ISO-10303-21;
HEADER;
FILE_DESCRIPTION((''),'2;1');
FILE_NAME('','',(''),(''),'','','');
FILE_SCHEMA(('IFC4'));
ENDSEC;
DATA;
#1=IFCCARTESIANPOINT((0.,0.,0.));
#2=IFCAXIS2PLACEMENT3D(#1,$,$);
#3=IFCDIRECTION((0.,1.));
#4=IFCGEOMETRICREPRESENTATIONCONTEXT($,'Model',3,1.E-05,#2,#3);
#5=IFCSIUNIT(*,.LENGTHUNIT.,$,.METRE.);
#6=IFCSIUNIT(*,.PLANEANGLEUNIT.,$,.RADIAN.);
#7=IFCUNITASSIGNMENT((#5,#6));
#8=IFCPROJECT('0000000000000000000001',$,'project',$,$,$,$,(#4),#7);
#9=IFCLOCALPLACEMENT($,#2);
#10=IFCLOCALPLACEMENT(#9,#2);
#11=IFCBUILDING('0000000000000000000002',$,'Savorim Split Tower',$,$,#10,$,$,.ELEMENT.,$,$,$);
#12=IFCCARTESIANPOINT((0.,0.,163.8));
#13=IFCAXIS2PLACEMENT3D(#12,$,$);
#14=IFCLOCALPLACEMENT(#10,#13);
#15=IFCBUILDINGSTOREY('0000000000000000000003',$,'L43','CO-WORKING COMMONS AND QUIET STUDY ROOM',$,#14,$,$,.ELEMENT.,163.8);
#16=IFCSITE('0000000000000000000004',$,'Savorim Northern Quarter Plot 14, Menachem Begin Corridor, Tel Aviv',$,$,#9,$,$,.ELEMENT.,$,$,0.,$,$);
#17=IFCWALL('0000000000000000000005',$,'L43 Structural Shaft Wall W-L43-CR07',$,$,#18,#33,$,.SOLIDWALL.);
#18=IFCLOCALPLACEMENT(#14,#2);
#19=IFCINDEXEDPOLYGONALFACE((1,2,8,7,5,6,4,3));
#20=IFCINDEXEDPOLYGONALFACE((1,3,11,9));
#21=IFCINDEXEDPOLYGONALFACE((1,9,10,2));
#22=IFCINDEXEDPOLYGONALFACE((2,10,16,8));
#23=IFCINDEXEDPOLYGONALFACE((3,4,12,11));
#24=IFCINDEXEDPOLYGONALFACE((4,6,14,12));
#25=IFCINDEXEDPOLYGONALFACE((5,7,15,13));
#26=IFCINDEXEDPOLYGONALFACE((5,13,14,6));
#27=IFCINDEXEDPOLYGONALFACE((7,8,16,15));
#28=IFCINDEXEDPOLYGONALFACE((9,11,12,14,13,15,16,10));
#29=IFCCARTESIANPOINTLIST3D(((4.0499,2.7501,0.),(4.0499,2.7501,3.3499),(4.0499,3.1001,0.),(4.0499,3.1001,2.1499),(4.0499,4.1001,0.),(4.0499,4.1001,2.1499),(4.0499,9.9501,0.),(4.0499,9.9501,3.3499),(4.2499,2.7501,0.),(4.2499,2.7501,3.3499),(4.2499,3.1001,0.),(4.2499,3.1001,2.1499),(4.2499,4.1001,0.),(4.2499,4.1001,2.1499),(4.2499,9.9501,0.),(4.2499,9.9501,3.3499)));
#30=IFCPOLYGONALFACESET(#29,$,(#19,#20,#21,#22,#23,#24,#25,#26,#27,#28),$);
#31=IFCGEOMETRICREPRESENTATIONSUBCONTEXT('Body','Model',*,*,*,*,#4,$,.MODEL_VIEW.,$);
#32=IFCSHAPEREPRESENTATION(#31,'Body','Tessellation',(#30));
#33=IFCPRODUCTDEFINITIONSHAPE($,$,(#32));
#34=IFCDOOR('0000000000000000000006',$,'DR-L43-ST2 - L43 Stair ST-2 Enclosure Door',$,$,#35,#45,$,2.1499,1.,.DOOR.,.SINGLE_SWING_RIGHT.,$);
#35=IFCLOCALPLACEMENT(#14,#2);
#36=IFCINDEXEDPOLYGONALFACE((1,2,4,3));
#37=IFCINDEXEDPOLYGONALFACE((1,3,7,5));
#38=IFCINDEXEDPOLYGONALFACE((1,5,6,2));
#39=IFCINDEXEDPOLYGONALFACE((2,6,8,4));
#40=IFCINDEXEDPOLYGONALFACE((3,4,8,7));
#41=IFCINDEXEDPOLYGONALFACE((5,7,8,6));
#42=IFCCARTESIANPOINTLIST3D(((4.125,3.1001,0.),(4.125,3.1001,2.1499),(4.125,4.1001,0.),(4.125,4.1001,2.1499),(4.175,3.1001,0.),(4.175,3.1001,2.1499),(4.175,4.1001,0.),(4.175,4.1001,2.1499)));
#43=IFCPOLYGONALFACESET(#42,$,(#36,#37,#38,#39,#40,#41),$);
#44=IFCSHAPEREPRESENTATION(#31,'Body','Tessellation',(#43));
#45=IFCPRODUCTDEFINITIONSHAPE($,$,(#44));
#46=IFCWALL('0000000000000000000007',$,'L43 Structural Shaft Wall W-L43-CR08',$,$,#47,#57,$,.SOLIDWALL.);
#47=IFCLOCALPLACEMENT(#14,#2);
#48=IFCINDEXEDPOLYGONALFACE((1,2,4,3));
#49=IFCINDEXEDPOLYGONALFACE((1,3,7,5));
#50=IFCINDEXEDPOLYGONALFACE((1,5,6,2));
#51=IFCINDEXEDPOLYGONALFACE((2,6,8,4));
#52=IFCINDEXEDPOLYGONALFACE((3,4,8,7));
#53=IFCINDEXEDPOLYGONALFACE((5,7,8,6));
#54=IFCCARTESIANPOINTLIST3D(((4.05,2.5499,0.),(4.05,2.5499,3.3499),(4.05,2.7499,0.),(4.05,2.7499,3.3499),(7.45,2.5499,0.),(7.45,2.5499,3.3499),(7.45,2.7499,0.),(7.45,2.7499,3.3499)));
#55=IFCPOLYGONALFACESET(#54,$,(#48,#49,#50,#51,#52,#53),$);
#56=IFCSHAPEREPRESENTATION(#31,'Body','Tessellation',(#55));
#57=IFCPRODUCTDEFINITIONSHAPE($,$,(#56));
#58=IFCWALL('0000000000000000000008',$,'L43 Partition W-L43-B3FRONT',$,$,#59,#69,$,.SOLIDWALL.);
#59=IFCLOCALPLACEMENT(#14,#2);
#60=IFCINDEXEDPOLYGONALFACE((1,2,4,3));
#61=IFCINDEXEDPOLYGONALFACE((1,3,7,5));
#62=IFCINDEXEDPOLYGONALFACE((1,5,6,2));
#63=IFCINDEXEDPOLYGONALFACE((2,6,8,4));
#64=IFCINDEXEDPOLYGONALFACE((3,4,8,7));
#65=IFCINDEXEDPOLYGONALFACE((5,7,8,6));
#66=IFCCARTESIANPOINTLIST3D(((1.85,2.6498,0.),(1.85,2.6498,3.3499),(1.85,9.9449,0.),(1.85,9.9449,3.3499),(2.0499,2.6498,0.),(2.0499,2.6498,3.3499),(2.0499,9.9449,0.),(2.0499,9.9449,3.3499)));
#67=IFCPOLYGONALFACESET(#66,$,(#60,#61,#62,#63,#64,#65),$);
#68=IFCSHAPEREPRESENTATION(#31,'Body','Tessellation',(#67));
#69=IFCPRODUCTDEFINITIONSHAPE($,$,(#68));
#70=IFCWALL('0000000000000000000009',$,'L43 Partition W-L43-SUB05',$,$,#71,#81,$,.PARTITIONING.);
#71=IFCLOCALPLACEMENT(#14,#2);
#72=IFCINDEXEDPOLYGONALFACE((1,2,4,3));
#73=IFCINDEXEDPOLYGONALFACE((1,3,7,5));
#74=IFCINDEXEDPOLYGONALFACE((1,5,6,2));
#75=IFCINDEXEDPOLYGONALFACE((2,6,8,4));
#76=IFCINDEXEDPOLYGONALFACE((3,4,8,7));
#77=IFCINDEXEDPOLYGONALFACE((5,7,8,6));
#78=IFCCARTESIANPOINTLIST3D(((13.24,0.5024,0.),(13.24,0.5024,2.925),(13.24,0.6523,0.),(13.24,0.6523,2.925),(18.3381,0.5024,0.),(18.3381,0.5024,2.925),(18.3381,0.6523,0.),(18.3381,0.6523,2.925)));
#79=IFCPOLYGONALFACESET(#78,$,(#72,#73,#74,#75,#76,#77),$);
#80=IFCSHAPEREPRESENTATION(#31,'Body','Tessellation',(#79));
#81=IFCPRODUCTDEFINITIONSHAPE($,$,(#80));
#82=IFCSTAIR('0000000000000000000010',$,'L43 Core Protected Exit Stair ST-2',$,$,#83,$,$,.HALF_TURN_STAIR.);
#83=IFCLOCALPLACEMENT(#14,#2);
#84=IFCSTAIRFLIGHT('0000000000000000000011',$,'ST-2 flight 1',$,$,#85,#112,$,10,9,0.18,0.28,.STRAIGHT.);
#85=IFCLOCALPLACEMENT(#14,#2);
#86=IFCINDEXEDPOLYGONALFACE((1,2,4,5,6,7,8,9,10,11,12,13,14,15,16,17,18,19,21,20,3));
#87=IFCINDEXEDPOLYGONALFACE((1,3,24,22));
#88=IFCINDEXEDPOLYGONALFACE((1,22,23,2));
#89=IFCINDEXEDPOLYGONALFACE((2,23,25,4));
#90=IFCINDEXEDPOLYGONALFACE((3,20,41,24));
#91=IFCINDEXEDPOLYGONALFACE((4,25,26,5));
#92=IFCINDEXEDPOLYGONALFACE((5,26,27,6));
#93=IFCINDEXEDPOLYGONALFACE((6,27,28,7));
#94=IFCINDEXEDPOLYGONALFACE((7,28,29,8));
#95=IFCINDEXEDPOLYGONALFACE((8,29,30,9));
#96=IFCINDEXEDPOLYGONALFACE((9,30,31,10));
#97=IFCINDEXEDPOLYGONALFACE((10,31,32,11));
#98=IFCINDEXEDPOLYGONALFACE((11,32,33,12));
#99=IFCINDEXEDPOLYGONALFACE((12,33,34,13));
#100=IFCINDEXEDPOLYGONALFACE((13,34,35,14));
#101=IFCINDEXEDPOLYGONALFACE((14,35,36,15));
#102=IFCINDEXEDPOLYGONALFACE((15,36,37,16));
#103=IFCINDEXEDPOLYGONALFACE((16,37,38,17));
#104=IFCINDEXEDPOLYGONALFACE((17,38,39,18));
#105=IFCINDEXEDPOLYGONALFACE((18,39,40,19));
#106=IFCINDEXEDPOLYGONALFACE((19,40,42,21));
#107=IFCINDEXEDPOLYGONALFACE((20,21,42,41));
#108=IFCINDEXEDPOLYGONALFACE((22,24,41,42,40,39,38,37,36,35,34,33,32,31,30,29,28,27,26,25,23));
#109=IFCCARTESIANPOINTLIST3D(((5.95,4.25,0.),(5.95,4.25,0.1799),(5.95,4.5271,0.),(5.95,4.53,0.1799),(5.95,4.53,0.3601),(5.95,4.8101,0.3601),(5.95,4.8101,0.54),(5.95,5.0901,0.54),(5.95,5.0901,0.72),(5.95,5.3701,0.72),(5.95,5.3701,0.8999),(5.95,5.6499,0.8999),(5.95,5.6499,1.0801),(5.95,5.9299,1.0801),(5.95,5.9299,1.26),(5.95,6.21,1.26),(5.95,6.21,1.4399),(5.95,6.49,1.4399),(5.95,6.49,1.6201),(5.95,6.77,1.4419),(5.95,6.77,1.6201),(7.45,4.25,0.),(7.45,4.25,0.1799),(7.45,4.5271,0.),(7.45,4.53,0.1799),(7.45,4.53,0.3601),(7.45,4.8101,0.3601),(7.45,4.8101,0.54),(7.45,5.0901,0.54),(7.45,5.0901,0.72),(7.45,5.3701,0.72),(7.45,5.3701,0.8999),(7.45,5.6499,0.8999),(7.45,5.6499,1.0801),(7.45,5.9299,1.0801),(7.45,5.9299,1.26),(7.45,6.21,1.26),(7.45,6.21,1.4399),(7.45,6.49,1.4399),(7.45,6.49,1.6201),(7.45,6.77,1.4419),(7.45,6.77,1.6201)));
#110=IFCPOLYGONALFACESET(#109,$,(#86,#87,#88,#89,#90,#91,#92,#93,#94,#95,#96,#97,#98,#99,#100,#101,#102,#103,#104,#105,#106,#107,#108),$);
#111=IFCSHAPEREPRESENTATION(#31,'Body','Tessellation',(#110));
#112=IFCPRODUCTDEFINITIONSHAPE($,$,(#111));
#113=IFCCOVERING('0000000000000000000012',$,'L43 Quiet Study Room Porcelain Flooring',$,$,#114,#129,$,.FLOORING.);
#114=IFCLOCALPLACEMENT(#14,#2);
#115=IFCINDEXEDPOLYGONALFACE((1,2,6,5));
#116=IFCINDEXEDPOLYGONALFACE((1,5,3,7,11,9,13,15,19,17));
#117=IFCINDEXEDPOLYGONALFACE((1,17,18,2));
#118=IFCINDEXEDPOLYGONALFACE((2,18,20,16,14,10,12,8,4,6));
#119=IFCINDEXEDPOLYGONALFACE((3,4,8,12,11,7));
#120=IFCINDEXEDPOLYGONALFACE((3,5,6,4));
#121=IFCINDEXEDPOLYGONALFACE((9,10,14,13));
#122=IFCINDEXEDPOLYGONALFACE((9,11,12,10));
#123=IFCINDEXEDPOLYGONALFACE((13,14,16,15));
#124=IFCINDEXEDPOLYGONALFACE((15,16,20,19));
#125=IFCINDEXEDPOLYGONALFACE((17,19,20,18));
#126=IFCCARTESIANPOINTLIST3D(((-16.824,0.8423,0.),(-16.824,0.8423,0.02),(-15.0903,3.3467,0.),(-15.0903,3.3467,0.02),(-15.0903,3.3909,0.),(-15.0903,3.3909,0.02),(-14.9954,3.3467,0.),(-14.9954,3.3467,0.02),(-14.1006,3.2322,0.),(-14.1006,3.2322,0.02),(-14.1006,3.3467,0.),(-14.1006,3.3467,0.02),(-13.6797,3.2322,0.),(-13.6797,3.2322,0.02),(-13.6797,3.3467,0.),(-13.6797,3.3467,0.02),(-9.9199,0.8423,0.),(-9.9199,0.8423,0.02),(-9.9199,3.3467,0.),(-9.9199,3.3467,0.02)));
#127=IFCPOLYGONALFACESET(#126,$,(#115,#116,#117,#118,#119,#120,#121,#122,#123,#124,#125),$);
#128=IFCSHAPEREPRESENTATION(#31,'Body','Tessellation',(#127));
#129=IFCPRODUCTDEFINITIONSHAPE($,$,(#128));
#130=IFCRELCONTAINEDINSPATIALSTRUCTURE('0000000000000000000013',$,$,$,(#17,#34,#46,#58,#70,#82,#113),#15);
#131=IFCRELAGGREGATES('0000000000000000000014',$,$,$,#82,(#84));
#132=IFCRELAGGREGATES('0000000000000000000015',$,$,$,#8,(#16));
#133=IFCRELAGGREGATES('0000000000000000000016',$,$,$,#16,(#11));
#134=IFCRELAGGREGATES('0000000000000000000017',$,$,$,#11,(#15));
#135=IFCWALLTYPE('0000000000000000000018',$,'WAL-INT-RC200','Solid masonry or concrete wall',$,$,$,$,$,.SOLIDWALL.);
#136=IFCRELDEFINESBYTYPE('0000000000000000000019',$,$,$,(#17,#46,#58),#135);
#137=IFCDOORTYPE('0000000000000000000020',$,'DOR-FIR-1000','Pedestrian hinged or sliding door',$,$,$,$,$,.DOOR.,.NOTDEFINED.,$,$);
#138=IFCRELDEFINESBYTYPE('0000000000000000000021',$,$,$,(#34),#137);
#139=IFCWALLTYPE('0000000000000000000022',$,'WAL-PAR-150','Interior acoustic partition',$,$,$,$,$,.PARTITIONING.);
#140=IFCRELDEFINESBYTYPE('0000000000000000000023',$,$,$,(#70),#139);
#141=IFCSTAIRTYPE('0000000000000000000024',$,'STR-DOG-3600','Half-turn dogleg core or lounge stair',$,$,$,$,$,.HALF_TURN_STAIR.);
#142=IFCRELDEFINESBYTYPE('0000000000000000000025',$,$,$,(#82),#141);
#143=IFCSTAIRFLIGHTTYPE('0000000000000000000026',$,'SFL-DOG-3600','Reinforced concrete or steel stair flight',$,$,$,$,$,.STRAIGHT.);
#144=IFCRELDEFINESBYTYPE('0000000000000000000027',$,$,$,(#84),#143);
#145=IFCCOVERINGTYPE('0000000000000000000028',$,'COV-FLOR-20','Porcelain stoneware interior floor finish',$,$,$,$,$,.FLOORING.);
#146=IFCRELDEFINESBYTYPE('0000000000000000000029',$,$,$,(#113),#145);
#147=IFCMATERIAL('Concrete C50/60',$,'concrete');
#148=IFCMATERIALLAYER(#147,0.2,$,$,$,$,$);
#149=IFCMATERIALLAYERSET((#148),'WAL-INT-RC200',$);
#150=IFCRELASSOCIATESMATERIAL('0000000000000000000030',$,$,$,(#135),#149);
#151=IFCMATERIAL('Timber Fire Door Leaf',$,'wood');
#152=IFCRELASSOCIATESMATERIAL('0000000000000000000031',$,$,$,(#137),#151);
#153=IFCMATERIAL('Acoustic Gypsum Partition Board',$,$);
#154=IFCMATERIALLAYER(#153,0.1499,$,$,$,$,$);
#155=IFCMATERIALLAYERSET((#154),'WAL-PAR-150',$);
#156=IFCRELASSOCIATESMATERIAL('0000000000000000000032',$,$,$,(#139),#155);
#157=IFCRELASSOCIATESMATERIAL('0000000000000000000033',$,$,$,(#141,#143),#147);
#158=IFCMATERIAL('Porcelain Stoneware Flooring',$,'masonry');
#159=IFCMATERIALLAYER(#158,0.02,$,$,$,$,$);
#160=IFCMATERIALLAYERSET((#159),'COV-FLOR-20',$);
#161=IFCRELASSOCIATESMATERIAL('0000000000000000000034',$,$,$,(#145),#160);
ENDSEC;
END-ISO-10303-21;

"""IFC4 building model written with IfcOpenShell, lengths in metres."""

from ifc_helpers import new_model, si_unit, direction, frame, frame_2d, origin, place, context, subcontext, project, spatial, polyline, rectangle, outline, extrude, material, layer, layer_set, type_object, element, fill, aggregate, save


model = new_model("IFC4")

# Units and contexts
model_context = context("Model", 3, precision=1e-05, world=origin(), true_north=direction((0.0, 1.0)))
body_context = subcontext(model_context, "Body", "Model", "MODEL_VIEW")
ifc_project = project(units=[si_unit("LENGTHUNIT", "METRE"), si_unit("PLANEANGLEUNIT", "RADIAN")], contexts=[model_context])

# Site, building, storey
site_placement = place(None, origin())
site = spatial("IfcSite", under=ifc_project, at=site_placement, Name="Savorim Northern Quarter Plot 14, Menachem Begin Corridor, Tel Aviv", CompositionType="ELEMENT", RefElevation=0.0)
building_placement = place(site_placement, origin())
building = spatial("IfcBuilding", under=site, at=building_placement, Name="Savorim Split Tower", CompositionType="ELEMENT")
storey_placement = place(building_placement, frame((0.0, 0.0, 163.8)))
storey = spatial("IfcBuildingStorey", under=building, at=storey_placement, Name="L43", Description="CO-WORKING COMMONS AND QUIET STUDY ROOM", CompositionType="ELEMENT", Elevation=163.8)

# Wall, opening, door
ifc_material_1 = material(Name="Concrete C50/60", Category="concrete")
ifc_layer_1 = layer(ifc_material_1, 0.2)
ifc_layer_set_1 = layer_set([ifc_layer_1], Name="WAL-INT-RC200")
wall_type_1 = type_object("IfcWallType", Name="WAL-INT-RC200", Description="Solid masonry or concrete wall", PredefinedType="SOLIDWALL", material=ifc_layer_set_1)
wall_1_placement = place(storey_placement, frame((4.1499, 2.75, 0.0), z_axis=(0.0, 0.0, 1.0), x_axis=(0.0, 1.0, 0.0)))
wall_1 = element("IfcWall", 1, at=wall_1_placement, inside=storey, type_object=wall_type_1, Name="L43 Structural Shaft Wall W-L43-CR07", PredefinedType="SOLIDWALL", context=body_context, shape_type="SweptSolid", body=[
    extrude(rectangle(XDim=7.2, YDim=0.2, at=frame_2d((3.6001, 0.0))), origin(), (0.0, 0.0, 1.0), 3.3499),
])
opening_placement = place(wall_1_placement, frame((0.3501, 0.0, 0.0)))
opening = element("IfcOpeningElement", 2, at=opening_placement, cuts=wall_1, PredefinedType="OPENING", context=body_context, shape_type="SweptSolid", body=[
    extrude(rectangle(XDim=1.0, YDim=2.1499, at=frame_2d((0.5, 1.075))), frame((0.0, 0.1099, 0.0), z_axis=(0.0, -1.0, 0.0), x_axis=(1.0, 0.0, 0.0)), (0.0, 0.0, 1.0), 0.22),
])
ifc_material_2 = material(Name="Timber Fire Door Leaf", Category="wood")
door_type = type_object("IfcDoorType", Name="DOR-FIR-1000", Description="Pedestrian hinged or sliding door", OperationType="NOTDEFINED", PredefinedType="DOOR", material=ifc_material_2)
door_placement = place(opening_placement, origin())
door = element("IfcDoor", 3, at=door_placement, inside=storey, type_object=door_type, Name="DR-L43-ST2 - L43 Stair ST-2 Enclosure Door", OperationType="SINGLE_SWING_RIGHT", OverallHeight=2.1499, OverallWidth=1.0, PredefinedType="DOOR", context=body_context, shape_type="SweptSolid", body=[
    extrude(rectangle(XDim=1.0, YDim=2.1499, at=frame_2d((0.5, 1.075))), frame((0.0, 0.0249, 0.0), z_axis=(0.0, -1.0, 0.0), x_axis=(1.0, 0.0, 0.0)), (0.0, 0.0, 1.0), 0.05),
])
fill(opening, door)

# Walls
wall_2_placement = place(storey_placement, frame((4.05, 2.6499, 0.0), z_axis=(0.0, 0.0, 1.0), x_axis=(1.0, 0.0, 0.0)))
element("IfcWall", 4, at=wall_2_placement, inside=storey, type_object=wall_type_1, Name="L43 Structural Shaft Wall W-L43-CR08", PredefinedType="SOLIDWALL", context=body_context, shape_type="SweptSolid", body=[
    extrude(rectangle(XDim=3.3999, YDim=0.2, at=frame_2d((1.7, 0.0))), origin(), (0.0, 0.0, 1.0), 3.3499),
])
wall_3_placement = place(storey_placement, frame((1.95, 2.6499, 0.0), z_axis=(0.0, 0.0, 1.0), x_axis=(0.0, 1.0, 0.0)))
element("IfcWall", 5, at=wall_3_placement, inside=storey, type_object=wall_type_1, Name="L43 Partition W-L43-B3FRONT", PredefinedType="SOLIDWALL", context=body_context, shape_type="SweptSolid", body=[
    extrude(rectangle(XDim=7.2952, YDim=0.2, at=frame_2d((3.6475, 0.0))), origin(), (0.0, 0.0, 1.0), 3.3499),
])
ifc_material_3 = material(Name="Acoustic Gypsum Partition Board")
ifc_layer_2 = layer(ifc_material_3, 0.1499)
ifc_layer_set_2 = layer_set([ifc_layer_2], Name="WAL-PAR-150")
wall_type_2 = type_object("IfcWallType", Name="WAL-PAR-150", Description="Interior acoustic partition", PredefinedType="PARTITIONING", material=ifc_layer_set_2)
wall_4_placement = place(storey_placement, frame((13.24, 0.5774, 0.0), z_axis=(0.0, 0.0, 1.0), x_axis=(1.0, 0.0, 0.0)))
element("IfcWall", 6, at=wall_4_placement, inside=storey, type_object=wall_type_2, Name="L43 Partition W-L43-SUB05", PredefinedType="PARTITIONING", context=body_context, shape_type="SweptSolid", body=[
    extrude(rectangle(XDim=5.0981, YDim=0.1499, at=frame_2d((2.5491, 0.0))), origin(), (0.0, 0.0, 1.0), 2.925),
])

# Stair, stair flight
stair_type = type_object("IfcStairType", Name="STR-DOG-3600", Description="Half-turn dogleg core or lounge stair", PredefinedType="HALF_TURN_STAIR", material=ifc_material_1)
stair_placement = place(storey_placement, origin())
stair = element("IfcStair", 7, at=stair_placement, inside=storey, type_object=stair_type, Name="L43 Core Protected Exit Stair ST-2", PredefinedType="HALF_TURN_STAIR")
stair_flight_type = type_object("IfcStairFlightType", Name="SFL-DOG-3600", Description="Reinforced concrete or steel stair flight", PredefinedType="STRAIGHT", material=ifc_material_1)
stair_flight_placement = place(storey_placement, frame((6.7, 4.25, 0.0), z_axis=(0.0, 0.0, 1.0), x_axis=(0.0, 1.0, 0.0)))
stair_flight = element("IfcStairFlight", 8, at=stair_flight_placement, type_object=stair_flight_type, Name="ST-2 flight 1", NumberOfRisers=10, NumberOfTreads=9, PredefinedType="STRAIGHT", RiserHeight=0.18, TreadLength=0.28, context=body_context, shape_type="SweptSolid", body=[
    extrude(outline(polyline([(0.0, 0.0), (0.0, 0.1799), (0.28, 0.1799), (0.28, 0.3601), (0.5601, 0.3601), (0.5601, 0.54), (0.8401, 0.54), (0.8401, 0.72), (1.1201, 0.72), (1.1201, 0.8999), (1.3999, 0.8999), (1.3999, 1.0801), (1.6799, 1.0801), (1.6799, 1.26), (1.96, 1.26), (1.96, 1.4399), (2.24, 1.4399), (2.24, 1.6201), (2.52, 1.6201), (2.52, 1.8), (2.52, 1.4419), (0.2771, 0.0), (0.0, 0.0)])), frame((0.0, 0.75, 0.0), z_axis=(0.0, -1.0, 0.0), x_axis=(1.0, 0.0, 0.0)), (0.0, 0.0, 1.0), 1.5),
])
aggregate(stair, [stair_flight])

# Covering
ifc_material_4 = material(Name="Porcelain Stoneware Flooring", Category="masonry")
ifc_layer_3 = layer(ifc_material_4, 0.02)
ifc_layer_set_3 = layer_set([ifc_layer_3], Name="COV-FLOR-20")
covering_type = type_object("IfcCoveringType", Name="COV-FLOR-20", Description="Porcelain stoneware interior floor finish", PredefinedType="FLOORING", material=ifc_layer_set_3)
covering_placement = place(storey_placement, origin())
element("IfcCovering", 9, at=covering_placement, inside=storey, type_object=covering_type, Name="L43 Quiet Study Room Porcelain Flooring", PredefinedType="FLOORING", context=body_context, shape_type="SweptSolid", body=[
    extrude(outline(polyline([(-14.1006, 3.3467), (-14.9954, 3.3467), (-15.0903, 3.3467), (-15.0903, 3.3909), (-16.824, 0.8423), (-9.9199, 0.8423), (-9.9199, 3.3467), (-13.6797, 3.3467), (-13.6797, 3.2322), (-14.1006, 3.2322), (-14.1006, 3.3467)])), origin(), (0.0, 0.0, 1.0), 0.02),
])

save(model, "model.ifc")
